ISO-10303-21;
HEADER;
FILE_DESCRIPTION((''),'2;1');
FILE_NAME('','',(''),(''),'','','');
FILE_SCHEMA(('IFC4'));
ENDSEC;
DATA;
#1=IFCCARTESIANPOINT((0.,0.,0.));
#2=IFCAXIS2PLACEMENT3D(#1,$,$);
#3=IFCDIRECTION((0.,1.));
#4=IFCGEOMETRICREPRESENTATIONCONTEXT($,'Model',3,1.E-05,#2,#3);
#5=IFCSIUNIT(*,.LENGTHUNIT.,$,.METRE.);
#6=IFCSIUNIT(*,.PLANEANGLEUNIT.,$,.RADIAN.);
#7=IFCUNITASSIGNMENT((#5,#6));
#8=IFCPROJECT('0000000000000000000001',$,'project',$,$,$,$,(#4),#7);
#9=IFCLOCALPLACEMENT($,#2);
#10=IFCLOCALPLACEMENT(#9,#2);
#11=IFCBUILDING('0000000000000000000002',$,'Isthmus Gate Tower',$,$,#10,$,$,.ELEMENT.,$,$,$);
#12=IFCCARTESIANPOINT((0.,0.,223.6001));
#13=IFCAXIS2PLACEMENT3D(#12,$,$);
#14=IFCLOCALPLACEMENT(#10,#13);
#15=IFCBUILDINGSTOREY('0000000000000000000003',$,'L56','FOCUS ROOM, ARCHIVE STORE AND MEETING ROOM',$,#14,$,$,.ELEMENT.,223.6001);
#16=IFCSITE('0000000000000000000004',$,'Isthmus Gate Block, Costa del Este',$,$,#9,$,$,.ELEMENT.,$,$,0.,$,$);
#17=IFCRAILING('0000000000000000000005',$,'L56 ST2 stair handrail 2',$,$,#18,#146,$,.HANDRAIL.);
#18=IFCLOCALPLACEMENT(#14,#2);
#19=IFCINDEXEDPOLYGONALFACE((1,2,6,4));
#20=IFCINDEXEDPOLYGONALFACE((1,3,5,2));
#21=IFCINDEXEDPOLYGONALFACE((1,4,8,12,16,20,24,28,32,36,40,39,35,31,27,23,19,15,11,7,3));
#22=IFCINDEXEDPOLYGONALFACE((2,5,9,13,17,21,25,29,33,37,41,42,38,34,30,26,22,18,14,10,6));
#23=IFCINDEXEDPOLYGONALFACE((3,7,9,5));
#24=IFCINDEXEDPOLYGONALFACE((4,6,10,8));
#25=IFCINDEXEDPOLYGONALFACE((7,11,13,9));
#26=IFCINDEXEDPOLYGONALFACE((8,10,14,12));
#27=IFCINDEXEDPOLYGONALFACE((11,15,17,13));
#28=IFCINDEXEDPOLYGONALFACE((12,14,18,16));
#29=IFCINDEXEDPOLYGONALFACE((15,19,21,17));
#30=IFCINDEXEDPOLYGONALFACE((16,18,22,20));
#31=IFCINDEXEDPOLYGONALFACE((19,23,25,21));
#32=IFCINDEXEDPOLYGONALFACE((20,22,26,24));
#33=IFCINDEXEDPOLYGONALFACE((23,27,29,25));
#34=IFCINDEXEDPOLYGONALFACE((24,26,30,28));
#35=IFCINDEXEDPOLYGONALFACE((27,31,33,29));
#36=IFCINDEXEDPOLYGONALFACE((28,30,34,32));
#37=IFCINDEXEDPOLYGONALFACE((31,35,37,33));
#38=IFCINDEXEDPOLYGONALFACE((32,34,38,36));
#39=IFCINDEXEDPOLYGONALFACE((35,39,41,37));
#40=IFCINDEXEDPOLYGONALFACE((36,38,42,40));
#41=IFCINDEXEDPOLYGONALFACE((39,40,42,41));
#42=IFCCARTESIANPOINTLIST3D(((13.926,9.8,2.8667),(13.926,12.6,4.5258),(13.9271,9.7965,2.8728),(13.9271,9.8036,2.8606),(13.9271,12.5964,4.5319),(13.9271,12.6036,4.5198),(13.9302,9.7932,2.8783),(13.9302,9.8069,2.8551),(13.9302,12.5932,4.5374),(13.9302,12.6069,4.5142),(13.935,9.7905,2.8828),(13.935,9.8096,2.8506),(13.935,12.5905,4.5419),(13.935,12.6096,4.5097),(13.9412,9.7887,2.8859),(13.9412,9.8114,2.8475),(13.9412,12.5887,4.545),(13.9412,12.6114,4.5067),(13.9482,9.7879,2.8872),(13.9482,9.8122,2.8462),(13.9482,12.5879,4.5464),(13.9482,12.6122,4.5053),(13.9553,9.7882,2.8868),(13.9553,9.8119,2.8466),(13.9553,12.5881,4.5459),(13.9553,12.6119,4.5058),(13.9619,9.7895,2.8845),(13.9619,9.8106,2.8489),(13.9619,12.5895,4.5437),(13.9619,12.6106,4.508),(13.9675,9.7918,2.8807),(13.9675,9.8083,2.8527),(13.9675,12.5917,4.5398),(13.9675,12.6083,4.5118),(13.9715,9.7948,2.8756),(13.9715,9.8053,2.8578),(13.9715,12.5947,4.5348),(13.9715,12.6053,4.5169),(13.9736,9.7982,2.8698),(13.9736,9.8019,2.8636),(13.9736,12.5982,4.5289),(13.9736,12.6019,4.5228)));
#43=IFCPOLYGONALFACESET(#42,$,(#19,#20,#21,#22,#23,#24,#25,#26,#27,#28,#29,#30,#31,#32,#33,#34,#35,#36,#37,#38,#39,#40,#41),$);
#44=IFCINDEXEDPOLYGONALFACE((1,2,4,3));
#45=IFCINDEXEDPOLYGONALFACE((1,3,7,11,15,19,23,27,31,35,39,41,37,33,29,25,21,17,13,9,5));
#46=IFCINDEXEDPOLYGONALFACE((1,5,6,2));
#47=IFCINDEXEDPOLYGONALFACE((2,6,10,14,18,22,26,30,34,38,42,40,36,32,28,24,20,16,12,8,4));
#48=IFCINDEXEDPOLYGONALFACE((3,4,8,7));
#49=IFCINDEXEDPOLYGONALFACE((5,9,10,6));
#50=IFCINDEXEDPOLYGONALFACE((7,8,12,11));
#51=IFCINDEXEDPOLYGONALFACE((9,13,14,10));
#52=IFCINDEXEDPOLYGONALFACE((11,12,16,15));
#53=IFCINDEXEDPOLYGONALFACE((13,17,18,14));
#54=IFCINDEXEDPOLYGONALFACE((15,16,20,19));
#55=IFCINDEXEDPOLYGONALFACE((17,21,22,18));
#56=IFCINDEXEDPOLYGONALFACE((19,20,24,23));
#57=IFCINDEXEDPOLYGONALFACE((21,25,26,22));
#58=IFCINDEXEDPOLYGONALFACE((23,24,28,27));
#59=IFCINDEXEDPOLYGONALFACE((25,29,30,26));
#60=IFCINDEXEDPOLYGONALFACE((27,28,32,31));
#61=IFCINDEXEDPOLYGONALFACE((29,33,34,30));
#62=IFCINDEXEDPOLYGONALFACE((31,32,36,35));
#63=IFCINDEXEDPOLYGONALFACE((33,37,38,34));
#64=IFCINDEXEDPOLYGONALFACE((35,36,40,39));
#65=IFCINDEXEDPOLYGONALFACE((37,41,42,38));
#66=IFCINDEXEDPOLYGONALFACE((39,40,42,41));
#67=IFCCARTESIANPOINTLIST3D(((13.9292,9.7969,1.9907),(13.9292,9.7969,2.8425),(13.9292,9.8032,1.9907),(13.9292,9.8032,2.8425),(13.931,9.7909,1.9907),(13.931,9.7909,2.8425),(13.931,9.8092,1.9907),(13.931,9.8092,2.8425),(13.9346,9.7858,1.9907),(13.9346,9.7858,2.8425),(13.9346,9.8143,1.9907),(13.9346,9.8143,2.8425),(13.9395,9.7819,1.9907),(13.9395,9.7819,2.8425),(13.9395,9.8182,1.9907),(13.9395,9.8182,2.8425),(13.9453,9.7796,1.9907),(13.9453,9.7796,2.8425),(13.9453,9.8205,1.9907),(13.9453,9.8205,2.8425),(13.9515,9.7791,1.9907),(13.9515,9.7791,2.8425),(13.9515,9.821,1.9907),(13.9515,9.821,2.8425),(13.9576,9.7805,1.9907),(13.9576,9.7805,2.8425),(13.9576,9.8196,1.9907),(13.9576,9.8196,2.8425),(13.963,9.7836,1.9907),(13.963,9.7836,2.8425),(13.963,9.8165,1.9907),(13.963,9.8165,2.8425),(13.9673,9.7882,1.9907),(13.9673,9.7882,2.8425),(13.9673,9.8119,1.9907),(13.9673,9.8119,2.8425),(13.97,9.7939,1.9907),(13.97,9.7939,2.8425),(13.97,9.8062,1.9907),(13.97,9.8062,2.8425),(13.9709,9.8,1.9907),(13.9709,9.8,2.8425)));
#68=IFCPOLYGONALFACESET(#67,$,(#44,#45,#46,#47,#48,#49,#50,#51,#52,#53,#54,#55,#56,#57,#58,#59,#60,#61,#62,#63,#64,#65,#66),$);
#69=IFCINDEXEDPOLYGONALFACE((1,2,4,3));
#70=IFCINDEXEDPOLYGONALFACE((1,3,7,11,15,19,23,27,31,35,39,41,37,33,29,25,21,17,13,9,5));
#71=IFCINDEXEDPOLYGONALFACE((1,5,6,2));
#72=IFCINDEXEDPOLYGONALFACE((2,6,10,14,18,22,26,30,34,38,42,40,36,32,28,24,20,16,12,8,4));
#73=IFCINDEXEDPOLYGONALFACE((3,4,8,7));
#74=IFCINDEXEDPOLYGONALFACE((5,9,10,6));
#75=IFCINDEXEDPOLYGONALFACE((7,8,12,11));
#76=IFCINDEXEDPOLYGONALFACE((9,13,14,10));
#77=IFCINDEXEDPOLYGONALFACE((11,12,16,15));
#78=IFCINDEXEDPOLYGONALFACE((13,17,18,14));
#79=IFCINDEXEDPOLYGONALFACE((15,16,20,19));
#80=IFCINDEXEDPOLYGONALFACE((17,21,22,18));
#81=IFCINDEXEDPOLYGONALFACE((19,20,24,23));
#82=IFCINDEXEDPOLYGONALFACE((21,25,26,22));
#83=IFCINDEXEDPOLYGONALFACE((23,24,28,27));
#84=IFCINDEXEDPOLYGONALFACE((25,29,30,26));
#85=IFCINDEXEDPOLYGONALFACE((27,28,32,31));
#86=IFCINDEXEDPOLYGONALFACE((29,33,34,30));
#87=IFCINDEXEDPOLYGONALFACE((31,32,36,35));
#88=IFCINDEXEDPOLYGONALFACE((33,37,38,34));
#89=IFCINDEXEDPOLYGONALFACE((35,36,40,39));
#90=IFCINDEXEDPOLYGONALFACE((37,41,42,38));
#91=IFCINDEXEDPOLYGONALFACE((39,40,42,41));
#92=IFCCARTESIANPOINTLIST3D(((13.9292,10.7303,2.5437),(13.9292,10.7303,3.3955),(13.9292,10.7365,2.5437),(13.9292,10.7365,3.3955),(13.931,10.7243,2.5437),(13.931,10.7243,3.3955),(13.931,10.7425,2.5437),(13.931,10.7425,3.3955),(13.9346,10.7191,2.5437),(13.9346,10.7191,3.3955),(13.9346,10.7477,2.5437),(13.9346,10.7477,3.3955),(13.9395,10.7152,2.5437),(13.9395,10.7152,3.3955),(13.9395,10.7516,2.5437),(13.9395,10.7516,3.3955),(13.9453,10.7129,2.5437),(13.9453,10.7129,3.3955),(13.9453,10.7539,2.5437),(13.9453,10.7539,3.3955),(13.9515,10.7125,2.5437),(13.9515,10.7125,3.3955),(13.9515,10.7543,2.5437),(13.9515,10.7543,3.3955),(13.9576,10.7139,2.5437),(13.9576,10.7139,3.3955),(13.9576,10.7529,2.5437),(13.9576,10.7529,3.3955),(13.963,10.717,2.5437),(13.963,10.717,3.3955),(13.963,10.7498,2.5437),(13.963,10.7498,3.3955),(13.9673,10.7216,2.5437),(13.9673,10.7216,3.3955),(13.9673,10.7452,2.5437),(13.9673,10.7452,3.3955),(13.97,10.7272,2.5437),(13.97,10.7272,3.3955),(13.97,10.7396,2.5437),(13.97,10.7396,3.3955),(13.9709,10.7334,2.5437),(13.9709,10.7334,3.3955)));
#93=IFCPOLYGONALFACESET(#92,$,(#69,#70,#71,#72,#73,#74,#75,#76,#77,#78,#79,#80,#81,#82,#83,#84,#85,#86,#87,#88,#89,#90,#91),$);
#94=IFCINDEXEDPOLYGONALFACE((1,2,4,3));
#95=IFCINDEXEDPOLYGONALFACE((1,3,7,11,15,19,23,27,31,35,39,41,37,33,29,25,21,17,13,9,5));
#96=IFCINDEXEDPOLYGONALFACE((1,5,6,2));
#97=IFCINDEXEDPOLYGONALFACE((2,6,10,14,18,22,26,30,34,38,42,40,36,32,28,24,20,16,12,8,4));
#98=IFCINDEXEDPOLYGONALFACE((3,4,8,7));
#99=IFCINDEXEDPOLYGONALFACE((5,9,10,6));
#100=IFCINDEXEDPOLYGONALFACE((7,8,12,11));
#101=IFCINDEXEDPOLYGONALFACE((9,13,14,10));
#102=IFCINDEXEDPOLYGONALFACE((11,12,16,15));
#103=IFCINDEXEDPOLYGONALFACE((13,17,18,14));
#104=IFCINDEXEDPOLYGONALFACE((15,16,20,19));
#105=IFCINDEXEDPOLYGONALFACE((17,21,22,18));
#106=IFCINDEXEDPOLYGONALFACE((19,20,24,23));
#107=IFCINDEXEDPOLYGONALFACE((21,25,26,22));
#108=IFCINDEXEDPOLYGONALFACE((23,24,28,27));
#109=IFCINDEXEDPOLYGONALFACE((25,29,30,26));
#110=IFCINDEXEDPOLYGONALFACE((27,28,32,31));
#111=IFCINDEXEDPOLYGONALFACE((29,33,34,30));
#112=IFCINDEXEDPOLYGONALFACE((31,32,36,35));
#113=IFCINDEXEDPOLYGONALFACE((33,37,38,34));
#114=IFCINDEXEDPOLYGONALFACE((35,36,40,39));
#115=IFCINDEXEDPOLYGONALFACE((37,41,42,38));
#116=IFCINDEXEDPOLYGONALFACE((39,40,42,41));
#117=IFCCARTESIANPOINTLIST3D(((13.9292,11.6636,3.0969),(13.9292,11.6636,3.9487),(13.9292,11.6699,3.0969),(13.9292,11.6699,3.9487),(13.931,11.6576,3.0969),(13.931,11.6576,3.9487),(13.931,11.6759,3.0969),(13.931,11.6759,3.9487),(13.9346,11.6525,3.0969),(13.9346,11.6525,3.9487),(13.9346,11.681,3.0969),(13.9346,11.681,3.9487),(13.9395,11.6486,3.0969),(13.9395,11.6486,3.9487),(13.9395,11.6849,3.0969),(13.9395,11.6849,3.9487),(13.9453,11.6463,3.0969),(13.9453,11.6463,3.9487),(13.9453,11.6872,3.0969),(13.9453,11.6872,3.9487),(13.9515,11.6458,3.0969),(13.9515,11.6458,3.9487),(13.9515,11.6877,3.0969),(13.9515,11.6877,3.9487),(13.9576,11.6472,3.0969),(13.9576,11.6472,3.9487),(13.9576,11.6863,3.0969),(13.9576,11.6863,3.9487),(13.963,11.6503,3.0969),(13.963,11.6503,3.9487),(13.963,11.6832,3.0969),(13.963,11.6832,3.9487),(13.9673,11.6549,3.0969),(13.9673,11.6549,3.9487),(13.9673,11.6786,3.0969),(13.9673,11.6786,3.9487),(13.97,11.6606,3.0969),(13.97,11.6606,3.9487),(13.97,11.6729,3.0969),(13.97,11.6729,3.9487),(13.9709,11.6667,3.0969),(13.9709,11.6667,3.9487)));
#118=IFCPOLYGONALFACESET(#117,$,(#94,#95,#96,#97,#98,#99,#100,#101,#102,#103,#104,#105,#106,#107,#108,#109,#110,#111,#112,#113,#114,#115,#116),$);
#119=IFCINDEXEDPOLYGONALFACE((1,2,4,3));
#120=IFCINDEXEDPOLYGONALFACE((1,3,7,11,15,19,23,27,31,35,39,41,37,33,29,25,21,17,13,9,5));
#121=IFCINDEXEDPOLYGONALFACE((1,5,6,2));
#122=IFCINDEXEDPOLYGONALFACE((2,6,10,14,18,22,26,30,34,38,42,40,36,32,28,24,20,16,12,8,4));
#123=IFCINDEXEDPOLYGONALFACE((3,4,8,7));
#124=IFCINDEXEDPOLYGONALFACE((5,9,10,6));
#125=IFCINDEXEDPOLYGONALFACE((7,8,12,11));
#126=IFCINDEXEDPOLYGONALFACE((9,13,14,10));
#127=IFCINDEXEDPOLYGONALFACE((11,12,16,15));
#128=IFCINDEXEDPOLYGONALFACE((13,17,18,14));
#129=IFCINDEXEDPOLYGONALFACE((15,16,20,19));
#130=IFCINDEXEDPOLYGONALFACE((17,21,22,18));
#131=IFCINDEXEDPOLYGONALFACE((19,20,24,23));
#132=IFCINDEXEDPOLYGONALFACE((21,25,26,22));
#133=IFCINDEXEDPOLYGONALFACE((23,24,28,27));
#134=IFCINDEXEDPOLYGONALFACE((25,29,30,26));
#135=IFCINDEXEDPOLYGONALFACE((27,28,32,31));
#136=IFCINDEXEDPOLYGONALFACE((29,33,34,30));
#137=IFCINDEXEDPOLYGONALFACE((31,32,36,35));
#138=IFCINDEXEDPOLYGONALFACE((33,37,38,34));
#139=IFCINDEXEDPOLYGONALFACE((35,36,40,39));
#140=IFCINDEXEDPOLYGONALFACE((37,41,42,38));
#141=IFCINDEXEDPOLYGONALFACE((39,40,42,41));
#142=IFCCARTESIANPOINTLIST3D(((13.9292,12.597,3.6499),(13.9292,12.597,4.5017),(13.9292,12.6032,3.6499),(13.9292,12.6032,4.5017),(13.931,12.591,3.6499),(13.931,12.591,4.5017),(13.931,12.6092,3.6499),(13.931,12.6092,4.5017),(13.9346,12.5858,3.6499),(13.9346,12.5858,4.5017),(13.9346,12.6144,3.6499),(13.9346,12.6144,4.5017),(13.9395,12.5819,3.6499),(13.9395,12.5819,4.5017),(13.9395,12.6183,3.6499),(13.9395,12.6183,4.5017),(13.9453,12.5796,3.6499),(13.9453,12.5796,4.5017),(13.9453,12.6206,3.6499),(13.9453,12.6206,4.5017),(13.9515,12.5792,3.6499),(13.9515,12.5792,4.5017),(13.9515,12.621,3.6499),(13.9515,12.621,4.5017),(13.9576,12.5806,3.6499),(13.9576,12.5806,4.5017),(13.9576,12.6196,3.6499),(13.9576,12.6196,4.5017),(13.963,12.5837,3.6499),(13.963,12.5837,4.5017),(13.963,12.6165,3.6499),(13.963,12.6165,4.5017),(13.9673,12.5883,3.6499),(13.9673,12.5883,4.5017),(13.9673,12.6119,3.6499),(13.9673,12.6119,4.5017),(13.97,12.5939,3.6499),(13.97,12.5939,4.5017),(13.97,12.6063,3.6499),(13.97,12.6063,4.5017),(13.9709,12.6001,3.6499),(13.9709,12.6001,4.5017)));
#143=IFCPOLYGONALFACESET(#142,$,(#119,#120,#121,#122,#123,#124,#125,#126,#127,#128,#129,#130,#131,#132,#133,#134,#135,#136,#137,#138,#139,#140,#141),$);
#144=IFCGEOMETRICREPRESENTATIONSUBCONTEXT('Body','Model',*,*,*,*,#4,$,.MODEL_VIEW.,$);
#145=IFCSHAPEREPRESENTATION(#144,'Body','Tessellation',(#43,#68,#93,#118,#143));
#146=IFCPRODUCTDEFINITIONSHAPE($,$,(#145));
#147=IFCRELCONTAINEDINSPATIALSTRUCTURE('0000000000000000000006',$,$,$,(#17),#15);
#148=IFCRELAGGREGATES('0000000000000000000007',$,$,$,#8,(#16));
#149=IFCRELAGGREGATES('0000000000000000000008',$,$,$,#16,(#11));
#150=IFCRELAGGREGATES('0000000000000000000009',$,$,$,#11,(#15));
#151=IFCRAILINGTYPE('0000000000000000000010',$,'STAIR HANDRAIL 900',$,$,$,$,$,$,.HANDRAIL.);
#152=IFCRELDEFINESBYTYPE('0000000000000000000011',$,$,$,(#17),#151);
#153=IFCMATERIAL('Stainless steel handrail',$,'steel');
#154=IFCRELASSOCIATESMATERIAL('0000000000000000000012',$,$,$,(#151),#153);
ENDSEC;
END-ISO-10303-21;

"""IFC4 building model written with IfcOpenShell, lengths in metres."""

from ifc_helpers import new_model, si_unit, direction, frame, origin, origin_2d, place, context, subcontext, project, spatial, circle, extrude, material, type_object, element, save


model = new_model("IFC4")

# Units and contexts
model_context = context("Model", 3, precision=1e-05, world=origin(), true_north=direction((0.0, 1.0)))
body_context = subcontext(model_context, "Body", "Model", "MODEL_VIEW")
ifc_project = project(units=[si_unit("LENGTHUNIT", "METRE"), si_unit("PLANEANGLEUNIT", "RADIAN")], contexts=[model_context])

# Site, building, storey
site_placement = place(None, origin())
site = spatial("IfcSite", under=ifc_project, at=site_placement, Name="Isthmus Gate Block, Costa del Este", CompositionType="ELEMENT", RefElevation=0.0)
building_placement = place(site_placement, origin())
building = spatial("IfcBuilding", under=site, at=building_placement, Name="Isthmus Gate Tower", CompositionType="ELEMENT")
storey_placement = place(building_placement, frame((0.0, 0.0, 223.6001)))
storey = spatial("IfcBuildingStorey", under=building, at=storey_placement, Name="L56", Description="FOCUS ROOM, ARCHIVE STORE AND MEETING ROOM", CompositionType="ELEMENT", Elevation=223.6001)

# Railing
ifc_material_1 = material(Name="Stainless steel handrail", Category="steel")
railing_type_1 = type_object("IfcRailingType", Name="STAIR HANDRAIL 900", PredefinedType="HANDRAIL", material=ifc_material_1)
railing_1_placement = place(storey_placement, frame((13.95, 9.8, 1.9907)))
element("IfcRailing", 1, at=railing_1_placement, inside=storey, type_object=railing_type_1, Name="L56 ST2 stair handrail 2", PredefinedType="HANDRAIL", context=body_context, shape_type="SweptSolid", body=[
    extrude(circle(Radius=0.0239, at=origin_2d()), frame((0.0, 0.0, 0.876), z_axis=(0.0, 0.860306, 0.509778), x_axis=(-1.0, 0.0, 0.0)), (0.0, 0.0, 1.0), 3.2546),
    extrude(circle(Radius=0.021, at=origin_2d()), origin(), (0.0, 0.0, 1.0), 0.8518),
    extrude(circle(Radius=0.021, at=origin_2d()), frame((0.0, 0.9333, 0.553)), (0.0, 0.0, 1.0), 0.8518),
    extrude(circle(Radius=0.021, at=origin_2d()), frame((0.0, 1.8667, 1.1062)), (0.0, 0.0, 1.0), 0.8518),
    extrude(circle(Radius=0.021, at=origin_2d()), frame((0.0, 2.8, 1.6592)), (0.0, 0.0, 1.0), 0.8518),
])

save(model, "model.ifc")
